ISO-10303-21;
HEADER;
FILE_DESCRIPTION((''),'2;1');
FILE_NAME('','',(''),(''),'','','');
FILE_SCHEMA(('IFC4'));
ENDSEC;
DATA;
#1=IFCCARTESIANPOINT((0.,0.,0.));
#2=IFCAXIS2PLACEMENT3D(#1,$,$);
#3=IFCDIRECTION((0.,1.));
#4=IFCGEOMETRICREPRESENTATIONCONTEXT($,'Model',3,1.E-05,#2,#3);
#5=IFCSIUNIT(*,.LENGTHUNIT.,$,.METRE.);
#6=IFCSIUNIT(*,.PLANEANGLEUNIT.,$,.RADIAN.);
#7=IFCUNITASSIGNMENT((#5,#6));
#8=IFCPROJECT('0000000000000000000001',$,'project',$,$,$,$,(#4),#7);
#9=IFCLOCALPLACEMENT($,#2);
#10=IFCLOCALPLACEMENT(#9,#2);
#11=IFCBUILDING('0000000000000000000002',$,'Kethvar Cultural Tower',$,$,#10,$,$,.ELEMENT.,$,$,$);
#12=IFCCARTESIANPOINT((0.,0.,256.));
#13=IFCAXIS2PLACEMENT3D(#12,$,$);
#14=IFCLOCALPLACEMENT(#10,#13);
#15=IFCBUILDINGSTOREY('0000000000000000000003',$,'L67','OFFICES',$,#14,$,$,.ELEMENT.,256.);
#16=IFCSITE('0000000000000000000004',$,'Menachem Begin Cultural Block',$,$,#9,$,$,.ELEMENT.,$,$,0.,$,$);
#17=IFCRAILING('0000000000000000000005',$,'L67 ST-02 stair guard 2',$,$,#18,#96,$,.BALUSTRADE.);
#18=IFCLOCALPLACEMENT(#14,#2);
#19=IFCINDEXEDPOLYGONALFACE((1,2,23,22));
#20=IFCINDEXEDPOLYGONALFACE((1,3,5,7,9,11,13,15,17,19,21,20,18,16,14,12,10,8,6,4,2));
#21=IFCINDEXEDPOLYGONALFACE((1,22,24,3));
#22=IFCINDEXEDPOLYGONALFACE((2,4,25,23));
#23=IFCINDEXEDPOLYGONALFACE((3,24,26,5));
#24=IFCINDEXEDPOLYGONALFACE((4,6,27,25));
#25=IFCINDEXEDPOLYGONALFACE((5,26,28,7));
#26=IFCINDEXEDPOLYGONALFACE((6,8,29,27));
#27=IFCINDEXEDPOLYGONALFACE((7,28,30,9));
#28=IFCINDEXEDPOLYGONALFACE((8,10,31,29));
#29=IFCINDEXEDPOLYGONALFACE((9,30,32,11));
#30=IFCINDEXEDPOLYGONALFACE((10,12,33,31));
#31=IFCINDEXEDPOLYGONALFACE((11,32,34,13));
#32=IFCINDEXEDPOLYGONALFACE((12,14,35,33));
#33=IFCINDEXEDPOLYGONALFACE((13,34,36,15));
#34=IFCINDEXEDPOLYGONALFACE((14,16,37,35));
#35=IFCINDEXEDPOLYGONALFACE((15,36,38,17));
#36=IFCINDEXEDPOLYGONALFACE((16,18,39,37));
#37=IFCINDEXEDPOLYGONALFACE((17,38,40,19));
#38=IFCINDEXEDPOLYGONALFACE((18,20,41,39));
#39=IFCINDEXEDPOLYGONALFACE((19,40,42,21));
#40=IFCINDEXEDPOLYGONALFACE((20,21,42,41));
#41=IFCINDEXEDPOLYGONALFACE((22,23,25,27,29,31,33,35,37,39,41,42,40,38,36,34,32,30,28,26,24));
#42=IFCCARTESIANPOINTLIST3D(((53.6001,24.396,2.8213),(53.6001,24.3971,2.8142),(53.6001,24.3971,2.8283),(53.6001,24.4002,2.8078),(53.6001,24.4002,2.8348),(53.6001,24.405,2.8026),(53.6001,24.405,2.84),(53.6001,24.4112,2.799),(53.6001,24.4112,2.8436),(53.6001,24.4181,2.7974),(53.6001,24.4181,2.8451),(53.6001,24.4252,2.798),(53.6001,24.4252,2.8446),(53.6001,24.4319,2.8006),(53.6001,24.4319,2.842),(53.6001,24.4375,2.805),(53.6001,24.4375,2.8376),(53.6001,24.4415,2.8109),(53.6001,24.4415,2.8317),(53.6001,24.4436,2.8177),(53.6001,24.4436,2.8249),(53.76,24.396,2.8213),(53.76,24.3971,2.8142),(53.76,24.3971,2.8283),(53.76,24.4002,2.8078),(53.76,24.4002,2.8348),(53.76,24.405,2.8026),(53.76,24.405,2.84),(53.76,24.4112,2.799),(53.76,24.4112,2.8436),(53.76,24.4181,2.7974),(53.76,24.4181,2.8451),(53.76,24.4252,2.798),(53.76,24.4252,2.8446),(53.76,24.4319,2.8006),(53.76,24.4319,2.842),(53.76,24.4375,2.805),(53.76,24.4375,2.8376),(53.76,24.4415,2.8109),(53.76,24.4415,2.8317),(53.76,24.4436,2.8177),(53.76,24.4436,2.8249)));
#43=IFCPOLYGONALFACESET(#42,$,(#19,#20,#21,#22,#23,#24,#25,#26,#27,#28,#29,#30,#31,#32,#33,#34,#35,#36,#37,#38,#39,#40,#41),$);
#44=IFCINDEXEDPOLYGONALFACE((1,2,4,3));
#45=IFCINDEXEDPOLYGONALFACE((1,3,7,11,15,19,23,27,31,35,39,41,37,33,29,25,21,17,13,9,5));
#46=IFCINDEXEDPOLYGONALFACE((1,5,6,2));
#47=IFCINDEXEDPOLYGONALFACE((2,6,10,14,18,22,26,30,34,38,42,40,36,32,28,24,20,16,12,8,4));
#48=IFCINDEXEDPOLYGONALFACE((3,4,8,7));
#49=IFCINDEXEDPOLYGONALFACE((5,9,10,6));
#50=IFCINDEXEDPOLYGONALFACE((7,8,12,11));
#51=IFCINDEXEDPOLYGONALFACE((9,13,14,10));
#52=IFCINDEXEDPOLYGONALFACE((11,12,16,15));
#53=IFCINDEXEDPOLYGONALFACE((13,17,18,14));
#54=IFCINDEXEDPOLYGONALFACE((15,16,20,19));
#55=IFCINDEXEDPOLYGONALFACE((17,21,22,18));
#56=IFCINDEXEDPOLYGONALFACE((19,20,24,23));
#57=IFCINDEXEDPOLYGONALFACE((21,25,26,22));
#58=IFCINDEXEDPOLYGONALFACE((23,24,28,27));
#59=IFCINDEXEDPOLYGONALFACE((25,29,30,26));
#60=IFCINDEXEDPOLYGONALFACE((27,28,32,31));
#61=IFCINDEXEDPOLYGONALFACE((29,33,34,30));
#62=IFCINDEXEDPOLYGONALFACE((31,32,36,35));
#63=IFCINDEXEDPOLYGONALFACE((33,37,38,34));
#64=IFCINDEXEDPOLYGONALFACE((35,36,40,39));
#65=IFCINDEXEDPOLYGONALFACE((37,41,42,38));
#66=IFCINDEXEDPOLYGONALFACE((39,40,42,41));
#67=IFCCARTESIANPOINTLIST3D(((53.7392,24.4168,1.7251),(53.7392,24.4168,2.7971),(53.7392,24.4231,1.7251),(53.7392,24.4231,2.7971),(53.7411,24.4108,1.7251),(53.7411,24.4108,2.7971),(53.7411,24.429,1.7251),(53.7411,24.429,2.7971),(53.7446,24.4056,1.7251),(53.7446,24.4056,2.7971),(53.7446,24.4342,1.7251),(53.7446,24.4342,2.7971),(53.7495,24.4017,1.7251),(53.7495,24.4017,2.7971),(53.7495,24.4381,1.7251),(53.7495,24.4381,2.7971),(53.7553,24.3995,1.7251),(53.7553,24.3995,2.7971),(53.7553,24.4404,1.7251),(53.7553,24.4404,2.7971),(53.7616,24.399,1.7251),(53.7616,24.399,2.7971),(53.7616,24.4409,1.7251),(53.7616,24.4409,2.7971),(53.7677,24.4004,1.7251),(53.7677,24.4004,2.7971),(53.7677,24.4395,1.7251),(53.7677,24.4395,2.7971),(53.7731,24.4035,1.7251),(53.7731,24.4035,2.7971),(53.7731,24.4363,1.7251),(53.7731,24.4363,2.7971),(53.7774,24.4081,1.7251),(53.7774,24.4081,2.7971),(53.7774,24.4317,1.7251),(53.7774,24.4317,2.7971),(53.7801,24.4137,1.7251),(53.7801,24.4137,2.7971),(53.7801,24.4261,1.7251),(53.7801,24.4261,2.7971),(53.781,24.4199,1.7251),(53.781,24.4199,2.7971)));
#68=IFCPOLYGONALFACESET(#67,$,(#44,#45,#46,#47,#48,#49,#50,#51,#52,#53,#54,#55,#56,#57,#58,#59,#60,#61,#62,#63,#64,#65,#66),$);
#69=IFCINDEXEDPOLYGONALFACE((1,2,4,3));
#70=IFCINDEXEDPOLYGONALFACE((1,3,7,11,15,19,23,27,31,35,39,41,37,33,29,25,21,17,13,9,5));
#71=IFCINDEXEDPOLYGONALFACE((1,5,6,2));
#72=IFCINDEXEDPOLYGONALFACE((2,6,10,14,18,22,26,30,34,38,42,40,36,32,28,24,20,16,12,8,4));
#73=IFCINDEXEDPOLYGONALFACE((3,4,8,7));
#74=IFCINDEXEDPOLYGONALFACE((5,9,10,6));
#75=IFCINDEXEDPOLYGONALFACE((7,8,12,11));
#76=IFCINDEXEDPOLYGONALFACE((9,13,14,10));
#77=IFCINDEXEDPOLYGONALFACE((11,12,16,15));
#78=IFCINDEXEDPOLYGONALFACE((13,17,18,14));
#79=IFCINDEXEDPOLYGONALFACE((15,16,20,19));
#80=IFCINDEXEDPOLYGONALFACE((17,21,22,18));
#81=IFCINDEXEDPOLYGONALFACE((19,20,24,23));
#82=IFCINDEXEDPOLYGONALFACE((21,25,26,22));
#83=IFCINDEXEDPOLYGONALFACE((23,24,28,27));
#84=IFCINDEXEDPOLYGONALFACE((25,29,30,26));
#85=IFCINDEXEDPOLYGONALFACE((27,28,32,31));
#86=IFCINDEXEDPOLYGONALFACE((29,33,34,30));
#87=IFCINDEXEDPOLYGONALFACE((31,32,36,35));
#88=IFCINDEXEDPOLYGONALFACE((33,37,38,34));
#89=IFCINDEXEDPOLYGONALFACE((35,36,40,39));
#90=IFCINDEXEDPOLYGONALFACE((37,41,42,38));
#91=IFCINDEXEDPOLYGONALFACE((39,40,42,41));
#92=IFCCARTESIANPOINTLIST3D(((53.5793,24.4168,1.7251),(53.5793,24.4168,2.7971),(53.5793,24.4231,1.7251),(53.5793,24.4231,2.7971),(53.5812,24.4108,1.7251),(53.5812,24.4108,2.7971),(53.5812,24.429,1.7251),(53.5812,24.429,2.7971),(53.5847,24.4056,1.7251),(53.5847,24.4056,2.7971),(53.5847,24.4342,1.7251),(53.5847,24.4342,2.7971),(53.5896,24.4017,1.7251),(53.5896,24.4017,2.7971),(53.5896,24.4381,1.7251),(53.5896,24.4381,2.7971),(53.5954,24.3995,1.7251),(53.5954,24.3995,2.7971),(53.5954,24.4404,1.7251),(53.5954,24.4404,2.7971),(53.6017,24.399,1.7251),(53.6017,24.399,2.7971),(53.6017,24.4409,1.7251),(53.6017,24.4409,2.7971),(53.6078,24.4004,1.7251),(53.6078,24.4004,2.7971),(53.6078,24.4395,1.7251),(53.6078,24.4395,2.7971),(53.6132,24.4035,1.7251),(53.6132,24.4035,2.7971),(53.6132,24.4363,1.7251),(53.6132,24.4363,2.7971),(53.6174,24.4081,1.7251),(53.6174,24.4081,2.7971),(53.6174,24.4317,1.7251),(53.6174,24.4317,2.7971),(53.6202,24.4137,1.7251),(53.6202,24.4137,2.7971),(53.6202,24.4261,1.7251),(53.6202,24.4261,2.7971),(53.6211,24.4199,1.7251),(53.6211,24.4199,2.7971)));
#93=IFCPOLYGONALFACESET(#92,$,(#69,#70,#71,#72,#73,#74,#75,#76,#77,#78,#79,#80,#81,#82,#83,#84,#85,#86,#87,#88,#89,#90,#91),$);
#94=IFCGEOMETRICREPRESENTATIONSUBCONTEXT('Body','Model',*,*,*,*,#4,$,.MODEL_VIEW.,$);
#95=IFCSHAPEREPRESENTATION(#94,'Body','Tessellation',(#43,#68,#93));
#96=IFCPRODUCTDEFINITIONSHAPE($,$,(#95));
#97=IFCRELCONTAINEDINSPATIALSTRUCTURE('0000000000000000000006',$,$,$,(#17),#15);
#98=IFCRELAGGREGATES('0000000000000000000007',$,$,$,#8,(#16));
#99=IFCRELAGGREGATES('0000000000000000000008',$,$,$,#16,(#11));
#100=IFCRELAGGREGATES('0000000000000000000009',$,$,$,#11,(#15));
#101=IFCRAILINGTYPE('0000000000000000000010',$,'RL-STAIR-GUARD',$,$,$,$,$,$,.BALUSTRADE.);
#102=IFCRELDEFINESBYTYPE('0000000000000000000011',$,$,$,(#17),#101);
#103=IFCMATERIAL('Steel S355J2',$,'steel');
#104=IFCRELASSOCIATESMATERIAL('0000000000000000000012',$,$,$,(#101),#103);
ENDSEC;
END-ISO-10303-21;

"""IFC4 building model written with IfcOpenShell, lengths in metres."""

from ifc_helpers import new_model, si_unit, direction, frame, origin, origin_2d, place, context, subcontext, project, spatial, circle, extrude, material, type_object, element, save


model = new_model("IFC4")

# Units and contexts
model_context = context("Model", 3, precision=1e-05, world=origin(), true_north=direction((0.0, 1.0)))
body_context = subcontext(model_context, "Body", "Model", "MODEL_VIEW")
ifc_project = project(units=[si_unit("LENGTHUNIT", "METRE"), si_unit("PLANEANGLEUNIT", "RADIAN")], contexts=[model_context])

# Site, building, storey
site_placement = place(None, origin())
site = spatial("IfcSite", under=ifc_project, at=site_placement, Name="Menachem Begin Cultural Block", CompositionType="ELEMENT", RefElevation=0.0)
building_placement = place(site_placement, origin())
building = spatial("IfcBuilding", under=site, at=building_placement, Name="Kethvar Cultural Tower", CompositionType="ELEMENT")
storey_placement = place(building_placement, frame((0.0, 0.0, 256.0)))
storey = spatial("IfcBuildingStorey", under=building, at=storey_placement, Name="L67", Description="OFFICES", CompositionType="ELEMENT", Elevation=256.0)

# Shared definitions
ifc_material_1 = material(Name="Steel S355J2", Category="steel")

# Railing
railing_type_1 = type_object("IfcRailingType", Name="RL-STAIR-GUARD", PredefinedType="BALUSTRADE", material=ifc_material_1)
railing_1_placement = place(storey_placement, frame((53.76, 24.4199, 1.7251)))
element("IfcRailing", 1, at=railing_1_placement, inside=storey, type_object=railing_type_1, Name="L67 ST-02 stair guard 2", PredefinedType="BALUSTRADE", context=body_context, shape_type="SweptSolid", body=[
    extrude(circle(Radius=0.0239, at=origin_2d()), frame((0.0, 0.0, 1.0962), z_axis=(-1.0, 0.0, 0.0), x_axis=(0.0, -1.0, 0.0)), (0.0, 0.0, 1.0), 0.1599),
    extrude(circle(Radius=0.021, at=origin_2d()), origin(), (0.0, 0.0, 1.0), 1.072),
    extrude(circle(Radius=0.021, at=origin_2d()), frame((-0.1599, 0.0, 0.0)), (0.0, 0.0, 1.0), 1.072),
])

save(model, "model.ifc")
